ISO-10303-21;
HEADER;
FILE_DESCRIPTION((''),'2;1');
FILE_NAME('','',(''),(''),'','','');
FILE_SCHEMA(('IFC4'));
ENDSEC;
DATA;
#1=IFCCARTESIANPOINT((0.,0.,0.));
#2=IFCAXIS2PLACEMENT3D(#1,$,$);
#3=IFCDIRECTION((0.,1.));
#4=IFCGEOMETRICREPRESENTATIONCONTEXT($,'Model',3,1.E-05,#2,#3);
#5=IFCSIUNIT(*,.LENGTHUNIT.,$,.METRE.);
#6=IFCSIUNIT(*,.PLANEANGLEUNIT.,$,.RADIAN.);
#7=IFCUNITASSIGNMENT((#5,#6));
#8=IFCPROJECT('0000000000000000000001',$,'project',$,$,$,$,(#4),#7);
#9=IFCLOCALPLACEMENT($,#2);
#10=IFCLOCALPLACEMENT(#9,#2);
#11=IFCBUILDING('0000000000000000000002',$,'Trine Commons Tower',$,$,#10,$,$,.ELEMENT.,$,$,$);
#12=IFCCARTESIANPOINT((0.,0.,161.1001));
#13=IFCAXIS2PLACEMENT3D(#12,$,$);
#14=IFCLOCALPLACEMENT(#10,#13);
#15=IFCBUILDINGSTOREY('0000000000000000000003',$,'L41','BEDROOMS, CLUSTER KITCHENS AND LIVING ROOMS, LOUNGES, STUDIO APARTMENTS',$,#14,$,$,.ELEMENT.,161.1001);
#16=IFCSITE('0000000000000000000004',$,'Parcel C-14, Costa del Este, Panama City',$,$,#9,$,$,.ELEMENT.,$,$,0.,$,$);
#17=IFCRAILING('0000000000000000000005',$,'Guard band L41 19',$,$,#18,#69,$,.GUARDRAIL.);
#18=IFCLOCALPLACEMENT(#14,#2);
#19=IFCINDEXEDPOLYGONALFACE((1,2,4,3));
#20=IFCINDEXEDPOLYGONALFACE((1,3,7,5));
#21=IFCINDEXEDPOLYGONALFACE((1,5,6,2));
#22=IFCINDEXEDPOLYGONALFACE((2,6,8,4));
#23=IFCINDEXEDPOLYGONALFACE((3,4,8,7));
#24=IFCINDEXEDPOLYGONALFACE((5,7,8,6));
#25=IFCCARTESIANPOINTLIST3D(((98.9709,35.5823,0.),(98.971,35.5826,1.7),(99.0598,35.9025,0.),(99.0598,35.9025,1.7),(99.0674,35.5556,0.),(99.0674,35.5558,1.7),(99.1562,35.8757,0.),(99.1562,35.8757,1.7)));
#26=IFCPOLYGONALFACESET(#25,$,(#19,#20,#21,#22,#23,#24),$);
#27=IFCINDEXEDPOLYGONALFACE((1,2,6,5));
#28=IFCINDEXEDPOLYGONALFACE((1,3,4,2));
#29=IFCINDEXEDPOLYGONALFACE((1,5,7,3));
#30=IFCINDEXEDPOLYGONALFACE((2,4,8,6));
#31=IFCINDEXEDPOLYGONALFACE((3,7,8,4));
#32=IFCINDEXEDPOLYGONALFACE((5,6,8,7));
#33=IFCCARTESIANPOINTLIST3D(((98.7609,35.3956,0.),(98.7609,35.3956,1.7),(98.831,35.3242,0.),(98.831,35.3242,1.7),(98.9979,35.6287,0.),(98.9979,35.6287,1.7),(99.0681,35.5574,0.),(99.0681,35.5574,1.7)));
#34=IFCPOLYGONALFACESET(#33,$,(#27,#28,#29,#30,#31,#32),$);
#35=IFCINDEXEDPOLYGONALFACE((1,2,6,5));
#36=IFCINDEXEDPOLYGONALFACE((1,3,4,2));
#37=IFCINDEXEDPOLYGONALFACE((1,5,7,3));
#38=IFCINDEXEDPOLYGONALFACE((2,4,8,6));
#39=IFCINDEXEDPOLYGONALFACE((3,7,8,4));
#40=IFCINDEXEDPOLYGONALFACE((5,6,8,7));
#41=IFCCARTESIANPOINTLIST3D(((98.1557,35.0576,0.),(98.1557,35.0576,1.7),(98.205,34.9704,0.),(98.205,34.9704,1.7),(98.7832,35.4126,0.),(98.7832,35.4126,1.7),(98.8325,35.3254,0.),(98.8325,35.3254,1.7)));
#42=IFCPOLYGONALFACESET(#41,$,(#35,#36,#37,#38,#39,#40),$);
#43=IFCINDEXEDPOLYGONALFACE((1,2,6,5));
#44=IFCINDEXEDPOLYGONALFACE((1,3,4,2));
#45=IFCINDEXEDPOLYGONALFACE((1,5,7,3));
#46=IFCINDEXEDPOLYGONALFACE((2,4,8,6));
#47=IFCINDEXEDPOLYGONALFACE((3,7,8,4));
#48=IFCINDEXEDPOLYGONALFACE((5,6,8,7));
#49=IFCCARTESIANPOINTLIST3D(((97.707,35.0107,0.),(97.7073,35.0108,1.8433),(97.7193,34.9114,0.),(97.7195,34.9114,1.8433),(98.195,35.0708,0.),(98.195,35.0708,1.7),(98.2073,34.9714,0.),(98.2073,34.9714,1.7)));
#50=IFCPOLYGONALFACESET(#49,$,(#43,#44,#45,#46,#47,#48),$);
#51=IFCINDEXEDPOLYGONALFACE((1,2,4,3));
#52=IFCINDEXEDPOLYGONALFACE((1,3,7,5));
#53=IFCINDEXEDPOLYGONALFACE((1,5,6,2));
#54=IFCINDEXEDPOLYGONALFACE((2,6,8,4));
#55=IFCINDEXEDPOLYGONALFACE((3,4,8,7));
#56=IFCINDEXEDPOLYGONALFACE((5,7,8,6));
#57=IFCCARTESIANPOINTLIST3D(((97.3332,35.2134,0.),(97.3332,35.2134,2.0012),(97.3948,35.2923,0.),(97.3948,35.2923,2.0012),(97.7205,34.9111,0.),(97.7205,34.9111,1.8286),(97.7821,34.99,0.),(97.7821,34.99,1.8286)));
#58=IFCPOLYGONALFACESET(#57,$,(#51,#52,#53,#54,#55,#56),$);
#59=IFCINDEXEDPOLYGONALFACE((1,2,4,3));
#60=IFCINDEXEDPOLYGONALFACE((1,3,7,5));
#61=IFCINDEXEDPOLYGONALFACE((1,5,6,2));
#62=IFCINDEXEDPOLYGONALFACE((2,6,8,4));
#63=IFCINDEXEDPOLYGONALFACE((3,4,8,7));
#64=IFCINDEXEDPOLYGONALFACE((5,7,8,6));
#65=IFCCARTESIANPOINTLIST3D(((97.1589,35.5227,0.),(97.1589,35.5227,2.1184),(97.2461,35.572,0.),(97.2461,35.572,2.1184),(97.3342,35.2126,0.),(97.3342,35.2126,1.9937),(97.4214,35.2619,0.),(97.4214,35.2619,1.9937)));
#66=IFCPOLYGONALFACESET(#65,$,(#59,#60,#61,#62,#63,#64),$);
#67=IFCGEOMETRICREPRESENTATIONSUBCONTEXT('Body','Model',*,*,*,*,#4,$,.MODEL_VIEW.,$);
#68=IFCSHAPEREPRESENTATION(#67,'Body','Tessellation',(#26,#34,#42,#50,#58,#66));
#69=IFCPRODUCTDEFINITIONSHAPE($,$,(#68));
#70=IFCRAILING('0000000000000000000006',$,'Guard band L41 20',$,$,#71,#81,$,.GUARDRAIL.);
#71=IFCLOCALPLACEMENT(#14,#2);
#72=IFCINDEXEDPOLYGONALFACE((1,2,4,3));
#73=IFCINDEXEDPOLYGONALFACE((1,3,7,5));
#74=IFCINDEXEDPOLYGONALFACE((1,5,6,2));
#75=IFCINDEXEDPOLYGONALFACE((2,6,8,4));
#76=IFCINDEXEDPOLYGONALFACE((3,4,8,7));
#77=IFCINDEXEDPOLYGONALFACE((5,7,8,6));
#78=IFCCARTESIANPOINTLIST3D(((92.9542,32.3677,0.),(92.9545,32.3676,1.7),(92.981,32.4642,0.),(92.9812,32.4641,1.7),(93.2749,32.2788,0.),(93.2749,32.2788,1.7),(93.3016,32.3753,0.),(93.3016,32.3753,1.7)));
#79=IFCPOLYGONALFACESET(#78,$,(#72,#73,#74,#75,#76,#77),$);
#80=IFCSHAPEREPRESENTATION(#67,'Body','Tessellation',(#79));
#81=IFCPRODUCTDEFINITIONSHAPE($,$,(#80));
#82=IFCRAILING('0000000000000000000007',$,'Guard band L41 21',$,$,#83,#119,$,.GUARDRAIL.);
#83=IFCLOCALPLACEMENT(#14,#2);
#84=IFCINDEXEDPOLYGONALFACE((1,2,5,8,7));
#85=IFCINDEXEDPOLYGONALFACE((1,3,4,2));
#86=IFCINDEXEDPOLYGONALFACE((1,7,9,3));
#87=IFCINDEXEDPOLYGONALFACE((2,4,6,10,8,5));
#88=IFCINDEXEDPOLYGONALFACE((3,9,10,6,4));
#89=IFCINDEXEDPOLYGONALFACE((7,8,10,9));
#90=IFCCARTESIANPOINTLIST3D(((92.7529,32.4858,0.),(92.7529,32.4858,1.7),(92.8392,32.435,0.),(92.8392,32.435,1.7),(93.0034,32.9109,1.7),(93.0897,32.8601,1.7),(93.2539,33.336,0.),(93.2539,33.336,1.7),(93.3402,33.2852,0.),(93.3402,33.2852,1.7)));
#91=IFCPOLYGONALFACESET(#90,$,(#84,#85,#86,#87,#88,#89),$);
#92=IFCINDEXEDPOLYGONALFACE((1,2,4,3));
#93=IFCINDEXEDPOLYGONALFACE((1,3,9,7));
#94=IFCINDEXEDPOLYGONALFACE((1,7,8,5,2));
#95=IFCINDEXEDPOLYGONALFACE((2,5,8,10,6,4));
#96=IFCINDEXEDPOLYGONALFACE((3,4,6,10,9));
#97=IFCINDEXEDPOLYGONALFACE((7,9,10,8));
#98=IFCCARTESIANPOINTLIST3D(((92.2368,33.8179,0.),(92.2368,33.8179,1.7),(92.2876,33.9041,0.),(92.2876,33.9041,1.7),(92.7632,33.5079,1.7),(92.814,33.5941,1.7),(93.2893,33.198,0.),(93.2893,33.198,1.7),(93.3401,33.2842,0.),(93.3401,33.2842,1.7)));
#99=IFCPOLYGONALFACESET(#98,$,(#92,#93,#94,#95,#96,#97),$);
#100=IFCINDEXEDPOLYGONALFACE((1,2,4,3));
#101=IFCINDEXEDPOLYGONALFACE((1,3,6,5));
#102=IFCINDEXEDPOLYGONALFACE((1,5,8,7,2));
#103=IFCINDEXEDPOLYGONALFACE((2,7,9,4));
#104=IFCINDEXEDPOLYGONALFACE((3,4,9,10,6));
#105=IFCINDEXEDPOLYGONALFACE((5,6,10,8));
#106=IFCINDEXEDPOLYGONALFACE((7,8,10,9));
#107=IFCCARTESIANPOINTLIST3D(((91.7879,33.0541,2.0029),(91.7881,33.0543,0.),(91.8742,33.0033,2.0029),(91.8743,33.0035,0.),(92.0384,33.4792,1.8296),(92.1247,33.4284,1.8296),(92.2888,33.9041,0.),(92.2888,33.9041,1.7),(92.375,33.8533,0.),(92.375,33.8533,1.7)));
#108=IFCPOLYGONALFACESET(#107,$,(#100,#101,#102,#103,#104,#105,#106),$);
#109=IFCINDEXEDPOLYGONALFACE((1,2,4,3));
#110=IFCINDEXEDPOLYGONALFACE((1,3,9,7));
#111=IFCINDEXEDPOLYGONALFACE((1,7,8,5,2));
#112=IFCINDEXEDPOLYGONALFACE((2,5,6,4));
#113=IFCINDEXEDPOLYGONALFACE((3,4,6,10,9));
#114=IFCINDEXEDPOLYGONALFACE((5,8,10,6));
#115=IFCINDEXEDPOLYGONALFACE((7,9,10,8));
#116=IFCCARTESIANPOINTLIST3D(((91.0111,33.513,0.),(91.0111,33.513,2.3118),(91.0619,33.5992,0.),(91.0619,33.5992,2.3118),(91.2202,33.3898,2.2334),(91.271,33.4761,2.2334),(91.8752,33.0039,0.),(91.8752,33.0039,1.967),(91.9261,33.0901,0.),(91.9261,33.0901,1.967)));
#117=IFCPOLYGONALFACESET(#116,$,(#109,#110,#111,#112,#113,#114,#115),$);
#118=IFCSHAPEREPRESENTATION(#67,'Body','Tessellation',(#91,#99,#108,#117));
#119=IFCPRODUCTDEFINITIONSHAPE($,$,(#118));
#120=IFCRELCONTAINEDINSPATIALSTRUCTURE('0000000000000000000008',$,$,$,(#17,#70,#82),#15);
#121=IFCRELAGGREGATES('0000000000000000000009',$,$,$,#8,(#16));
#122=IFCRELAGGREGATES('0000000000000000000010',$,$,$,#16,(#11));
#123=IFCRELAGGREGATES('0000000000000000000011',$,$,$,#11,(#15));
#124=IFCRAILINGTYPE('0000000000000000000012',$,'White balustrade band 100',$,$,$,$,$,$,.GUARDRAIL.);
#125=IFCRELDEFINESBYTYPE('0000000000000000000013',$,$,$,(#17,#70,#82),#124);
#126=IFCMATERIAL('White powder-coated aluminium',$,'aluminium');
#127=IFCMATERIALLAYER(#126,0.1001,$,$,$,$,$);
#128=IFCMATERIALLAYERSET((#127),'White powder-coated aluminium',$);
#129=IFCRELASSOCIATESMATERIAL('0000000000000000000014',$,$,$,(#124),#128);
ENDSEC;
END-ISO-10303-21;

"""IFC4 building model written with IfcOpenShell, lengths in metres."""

from ifc_helpers import new_model, si_unit, direction, frame, origin, place, context, subcontext, project, spatial, polyline, outline, extrude, material, layer, layer_set, type_object, element, save


model = new_model("IFC4")

# Units and contexts
model_context = context("Model", 3, precision=1e-05, world=origin(), true_north=direction((0.0, 1.0)))
body_context = subcontext(model_context, "Body", "Model", "MODEL_VIEW")
ifc_project = project(units=[si_unit("LENGTHUNIT", "METRE"), si_unit("PLANEANGLEUNIT", "RADIAN")], contexts=[model_context])

# Site, building, storey
site_placement = place(None, origin())
site = spatial("IfcSite", under=ifc_project, at=site_placement, Name="Parcel C-14, Costa del Este, Panama City", CompositionType="ELEMENT", RefElevation=0.0)
building_placement = place(site_placement, origin())
building = spatial("IfcBuilding", under=site, at=building_placement, Name="Trine Commons Tower", CompositionType="ELEMENT")
storey_placement = place(building_placement, frame((0.0, 0.0, 161.1001)))
storey = spatial("IfcBuildingStorey", under=building, at=storey_placement, Name="L41", Description="BEDROOMS, CLUSTER KITCHENS AND LIVING ROOMS, LOUNGES, STUDIO APARTMENTS", CompositionType="ELEMENT", Elevation=161.1001)

# Railings
ifc_material_1 = material(Name="White powder-coated aluminium", Category="aluminium")
ifc_layer_1 = layer(ifc_material_1, 0.1001)
ifc_layer_set_1 = layer_set([ifc_layer_1], Name="White powder-coated aluminium")
railing_type = type_object("IfcRailingType", Name="White balustrade band 100", PredefinedType="GUARDRAIL", material=ifc_layer_set_1)
railing_1_placement = place(storey_placement, origin())
element("IfcRailing", 1, at=railing_1_placement, inside=storey, type_object=railing_type, Name="Guard band L41 19", PredefinedType="GUARDRAIL", context=body_context, shape_type="SweptSolid", body=[
    extrude(outline(polyline([(0.0, 0.0), (0.3323, 0.0), (0.332, 1.7), (0.0, 1.7), (0.0, 0.0)])), frame((99.1562, 35.8757, 0.0), z_axis=(-0.963549, 0.26753, 0.0), x_axis=(-0.26753, -0.963549, 0.0)), (0.0, 0.0, 1.0), 0.1001),
    extrude(outline(polyline([(0.0, 0.0), (0.3325, 0.0), (0.3325, 1.7), (0.0, 1.7), (0.0, 0.0)])), frame((99.0681, 35.5574, 0.0), z_axis=(-0.701208, 0.712956, 0.0), x_axis=(-0.712956, -0.701208, 0.0)), (0.0, 0.0, 1.0), 0.1001),
    extrude(outline(polyline([(0.0, 0.0), (0.7209, 0.0), (0.7209, 1.7), (0.0, 1.7), (0.0, 0.0)])), frame((98.8325, 35.3254, 0.0), z_axis=(-0.492414, 0.870361, 0.0), x_axis=(-0.870361, -0.492414, 0.0)), (0.0, 0.0, 1.0), 0.1001),
    extrude(outline(polyline([(0.0, 0.0), (0.4917, 0.0), (0.4915, 1.8433), (0.0, 1.7), (0.0, 0.0)])), frame((98.2073, 34.9714, 0.0), z_axis=(-0.12214, 0.992513, 0.0), x_axis=(-0.992513, -0.12214, 0.0)), (0.0, 0.0, 1.0), 0.1001),
    extrude(outline(polyline([(0.0, 0.0), (0.4912, 0.0), (0.4912, 2.0012), (0.0, 1.8286), (0.0, 0.0)])), frame((97.7205, 34.9111, 0.0), z_axis=(0.615316, 0.788281, 0.0), x_axis=(-0.788281, 0.615316, 0.0)), (0.0, 0.0, 1.0), 0.1001),
    extrude(outline(polyline([(0.0, 0.0), (0.3562, 0.0), (0.3562, 2.1184), (0.0, 1.9937), (0.0, 0.0)])), frame((97.3342, 35.2126, 0.0), z_axis=(0.870512, 0.492148, 0.0), x_axis=(-0.492148, 0.870512, 0.0)), (0.0, 0.0, 1.0), 0.1001),
])
railing_2_placement = place(storey_placement, origin())
element("IfcRailing", 2, at=railing_2_placement, inside=storey, type_object=railing_type, Name="Guard band L41 20", PredefinedType="GUARDRAIL", context=body_context, shape_type="SweptSolid", body=[
    extrude(outline(polyline([(0.0, 0.0), (0.3328, 0.0), (0.3325, 1.7), (0.0, 1.7), (0.0, 0.0)])), frame((93.2749, 32.2788, 0.0), z_axis=(0.267152, 0.963654, 0.0), x_axis=(-0.963654, 0.267152, 0.0)), (0.0, 0.0, 1.0), 0.1001),
])
railing_3_placement = place(storey_placement, origin())
element("IfcRailing", 3, at=railing_3_placement, inside=storey, type_object=railing_type, Name="Guard band L41 21", PredefinedType="GUARDRAIL", context=body_context, shape_type="SweptSolid", body=[
    extrude(outline(polyline([(0.0, 0.0), (0.9868, 0.0), (0.9868, 1.7), (0.4934, 1.7), (0.0, 1.7), (0.0, 0.0)])), frame((92.7529, 32.4858, 0.0), z_axis=(0.861527, -0.507712, 0.0), x_axis=(0.507712, 0.861527, 0.0)), (0.0, 0.0, 1.0), 0.1001),
    extrude(outline(polyline([(0.0, 0.0), (1.2214, 0.0), (1.2214, 1.7), (0.6106, 1.7), (0.0, 1.7), (0.0, 0.0)])), frame((93.2893, 33.198, 0.0), z_axis=(0.507483, 0.861662, 0.0), x_axis=(-0.861662, 0.507483, 0.0)), (0.0, 0.0, 1.0), 0.1001),
    extrude(outline(polyline([(0.0, 0.0), (0.9863, 0.0), (0.9866, 2.0029), (0.4932, 1.8296), (0.0, 1.7), (0.0, 0.0)])), frame((92.375, 33.8533, 0.0), z_axis=(-0.861571, 0.507637, 0.0), x_axis=(-0.507637, -0.861571, 0.0)), (0.0, 0.0, 1.0), 0.1001),
    extrude(outline(polyline([(0.0, 0.0), (1.0029, 0.0), (1.0029, 2.3118), (0.7603, 2.2334), (0.0, 1.967), (0.0, 0.0)])), frame((91.8752, 33.0039, 0.0), z_axis=(0.507605, 0.86159, 0.0), x_axis=(-0.86159, 0.507605, 0.0)), (0.0, 0.0, 1.0), 0.1001),
])

save(model, "model.ifc")
